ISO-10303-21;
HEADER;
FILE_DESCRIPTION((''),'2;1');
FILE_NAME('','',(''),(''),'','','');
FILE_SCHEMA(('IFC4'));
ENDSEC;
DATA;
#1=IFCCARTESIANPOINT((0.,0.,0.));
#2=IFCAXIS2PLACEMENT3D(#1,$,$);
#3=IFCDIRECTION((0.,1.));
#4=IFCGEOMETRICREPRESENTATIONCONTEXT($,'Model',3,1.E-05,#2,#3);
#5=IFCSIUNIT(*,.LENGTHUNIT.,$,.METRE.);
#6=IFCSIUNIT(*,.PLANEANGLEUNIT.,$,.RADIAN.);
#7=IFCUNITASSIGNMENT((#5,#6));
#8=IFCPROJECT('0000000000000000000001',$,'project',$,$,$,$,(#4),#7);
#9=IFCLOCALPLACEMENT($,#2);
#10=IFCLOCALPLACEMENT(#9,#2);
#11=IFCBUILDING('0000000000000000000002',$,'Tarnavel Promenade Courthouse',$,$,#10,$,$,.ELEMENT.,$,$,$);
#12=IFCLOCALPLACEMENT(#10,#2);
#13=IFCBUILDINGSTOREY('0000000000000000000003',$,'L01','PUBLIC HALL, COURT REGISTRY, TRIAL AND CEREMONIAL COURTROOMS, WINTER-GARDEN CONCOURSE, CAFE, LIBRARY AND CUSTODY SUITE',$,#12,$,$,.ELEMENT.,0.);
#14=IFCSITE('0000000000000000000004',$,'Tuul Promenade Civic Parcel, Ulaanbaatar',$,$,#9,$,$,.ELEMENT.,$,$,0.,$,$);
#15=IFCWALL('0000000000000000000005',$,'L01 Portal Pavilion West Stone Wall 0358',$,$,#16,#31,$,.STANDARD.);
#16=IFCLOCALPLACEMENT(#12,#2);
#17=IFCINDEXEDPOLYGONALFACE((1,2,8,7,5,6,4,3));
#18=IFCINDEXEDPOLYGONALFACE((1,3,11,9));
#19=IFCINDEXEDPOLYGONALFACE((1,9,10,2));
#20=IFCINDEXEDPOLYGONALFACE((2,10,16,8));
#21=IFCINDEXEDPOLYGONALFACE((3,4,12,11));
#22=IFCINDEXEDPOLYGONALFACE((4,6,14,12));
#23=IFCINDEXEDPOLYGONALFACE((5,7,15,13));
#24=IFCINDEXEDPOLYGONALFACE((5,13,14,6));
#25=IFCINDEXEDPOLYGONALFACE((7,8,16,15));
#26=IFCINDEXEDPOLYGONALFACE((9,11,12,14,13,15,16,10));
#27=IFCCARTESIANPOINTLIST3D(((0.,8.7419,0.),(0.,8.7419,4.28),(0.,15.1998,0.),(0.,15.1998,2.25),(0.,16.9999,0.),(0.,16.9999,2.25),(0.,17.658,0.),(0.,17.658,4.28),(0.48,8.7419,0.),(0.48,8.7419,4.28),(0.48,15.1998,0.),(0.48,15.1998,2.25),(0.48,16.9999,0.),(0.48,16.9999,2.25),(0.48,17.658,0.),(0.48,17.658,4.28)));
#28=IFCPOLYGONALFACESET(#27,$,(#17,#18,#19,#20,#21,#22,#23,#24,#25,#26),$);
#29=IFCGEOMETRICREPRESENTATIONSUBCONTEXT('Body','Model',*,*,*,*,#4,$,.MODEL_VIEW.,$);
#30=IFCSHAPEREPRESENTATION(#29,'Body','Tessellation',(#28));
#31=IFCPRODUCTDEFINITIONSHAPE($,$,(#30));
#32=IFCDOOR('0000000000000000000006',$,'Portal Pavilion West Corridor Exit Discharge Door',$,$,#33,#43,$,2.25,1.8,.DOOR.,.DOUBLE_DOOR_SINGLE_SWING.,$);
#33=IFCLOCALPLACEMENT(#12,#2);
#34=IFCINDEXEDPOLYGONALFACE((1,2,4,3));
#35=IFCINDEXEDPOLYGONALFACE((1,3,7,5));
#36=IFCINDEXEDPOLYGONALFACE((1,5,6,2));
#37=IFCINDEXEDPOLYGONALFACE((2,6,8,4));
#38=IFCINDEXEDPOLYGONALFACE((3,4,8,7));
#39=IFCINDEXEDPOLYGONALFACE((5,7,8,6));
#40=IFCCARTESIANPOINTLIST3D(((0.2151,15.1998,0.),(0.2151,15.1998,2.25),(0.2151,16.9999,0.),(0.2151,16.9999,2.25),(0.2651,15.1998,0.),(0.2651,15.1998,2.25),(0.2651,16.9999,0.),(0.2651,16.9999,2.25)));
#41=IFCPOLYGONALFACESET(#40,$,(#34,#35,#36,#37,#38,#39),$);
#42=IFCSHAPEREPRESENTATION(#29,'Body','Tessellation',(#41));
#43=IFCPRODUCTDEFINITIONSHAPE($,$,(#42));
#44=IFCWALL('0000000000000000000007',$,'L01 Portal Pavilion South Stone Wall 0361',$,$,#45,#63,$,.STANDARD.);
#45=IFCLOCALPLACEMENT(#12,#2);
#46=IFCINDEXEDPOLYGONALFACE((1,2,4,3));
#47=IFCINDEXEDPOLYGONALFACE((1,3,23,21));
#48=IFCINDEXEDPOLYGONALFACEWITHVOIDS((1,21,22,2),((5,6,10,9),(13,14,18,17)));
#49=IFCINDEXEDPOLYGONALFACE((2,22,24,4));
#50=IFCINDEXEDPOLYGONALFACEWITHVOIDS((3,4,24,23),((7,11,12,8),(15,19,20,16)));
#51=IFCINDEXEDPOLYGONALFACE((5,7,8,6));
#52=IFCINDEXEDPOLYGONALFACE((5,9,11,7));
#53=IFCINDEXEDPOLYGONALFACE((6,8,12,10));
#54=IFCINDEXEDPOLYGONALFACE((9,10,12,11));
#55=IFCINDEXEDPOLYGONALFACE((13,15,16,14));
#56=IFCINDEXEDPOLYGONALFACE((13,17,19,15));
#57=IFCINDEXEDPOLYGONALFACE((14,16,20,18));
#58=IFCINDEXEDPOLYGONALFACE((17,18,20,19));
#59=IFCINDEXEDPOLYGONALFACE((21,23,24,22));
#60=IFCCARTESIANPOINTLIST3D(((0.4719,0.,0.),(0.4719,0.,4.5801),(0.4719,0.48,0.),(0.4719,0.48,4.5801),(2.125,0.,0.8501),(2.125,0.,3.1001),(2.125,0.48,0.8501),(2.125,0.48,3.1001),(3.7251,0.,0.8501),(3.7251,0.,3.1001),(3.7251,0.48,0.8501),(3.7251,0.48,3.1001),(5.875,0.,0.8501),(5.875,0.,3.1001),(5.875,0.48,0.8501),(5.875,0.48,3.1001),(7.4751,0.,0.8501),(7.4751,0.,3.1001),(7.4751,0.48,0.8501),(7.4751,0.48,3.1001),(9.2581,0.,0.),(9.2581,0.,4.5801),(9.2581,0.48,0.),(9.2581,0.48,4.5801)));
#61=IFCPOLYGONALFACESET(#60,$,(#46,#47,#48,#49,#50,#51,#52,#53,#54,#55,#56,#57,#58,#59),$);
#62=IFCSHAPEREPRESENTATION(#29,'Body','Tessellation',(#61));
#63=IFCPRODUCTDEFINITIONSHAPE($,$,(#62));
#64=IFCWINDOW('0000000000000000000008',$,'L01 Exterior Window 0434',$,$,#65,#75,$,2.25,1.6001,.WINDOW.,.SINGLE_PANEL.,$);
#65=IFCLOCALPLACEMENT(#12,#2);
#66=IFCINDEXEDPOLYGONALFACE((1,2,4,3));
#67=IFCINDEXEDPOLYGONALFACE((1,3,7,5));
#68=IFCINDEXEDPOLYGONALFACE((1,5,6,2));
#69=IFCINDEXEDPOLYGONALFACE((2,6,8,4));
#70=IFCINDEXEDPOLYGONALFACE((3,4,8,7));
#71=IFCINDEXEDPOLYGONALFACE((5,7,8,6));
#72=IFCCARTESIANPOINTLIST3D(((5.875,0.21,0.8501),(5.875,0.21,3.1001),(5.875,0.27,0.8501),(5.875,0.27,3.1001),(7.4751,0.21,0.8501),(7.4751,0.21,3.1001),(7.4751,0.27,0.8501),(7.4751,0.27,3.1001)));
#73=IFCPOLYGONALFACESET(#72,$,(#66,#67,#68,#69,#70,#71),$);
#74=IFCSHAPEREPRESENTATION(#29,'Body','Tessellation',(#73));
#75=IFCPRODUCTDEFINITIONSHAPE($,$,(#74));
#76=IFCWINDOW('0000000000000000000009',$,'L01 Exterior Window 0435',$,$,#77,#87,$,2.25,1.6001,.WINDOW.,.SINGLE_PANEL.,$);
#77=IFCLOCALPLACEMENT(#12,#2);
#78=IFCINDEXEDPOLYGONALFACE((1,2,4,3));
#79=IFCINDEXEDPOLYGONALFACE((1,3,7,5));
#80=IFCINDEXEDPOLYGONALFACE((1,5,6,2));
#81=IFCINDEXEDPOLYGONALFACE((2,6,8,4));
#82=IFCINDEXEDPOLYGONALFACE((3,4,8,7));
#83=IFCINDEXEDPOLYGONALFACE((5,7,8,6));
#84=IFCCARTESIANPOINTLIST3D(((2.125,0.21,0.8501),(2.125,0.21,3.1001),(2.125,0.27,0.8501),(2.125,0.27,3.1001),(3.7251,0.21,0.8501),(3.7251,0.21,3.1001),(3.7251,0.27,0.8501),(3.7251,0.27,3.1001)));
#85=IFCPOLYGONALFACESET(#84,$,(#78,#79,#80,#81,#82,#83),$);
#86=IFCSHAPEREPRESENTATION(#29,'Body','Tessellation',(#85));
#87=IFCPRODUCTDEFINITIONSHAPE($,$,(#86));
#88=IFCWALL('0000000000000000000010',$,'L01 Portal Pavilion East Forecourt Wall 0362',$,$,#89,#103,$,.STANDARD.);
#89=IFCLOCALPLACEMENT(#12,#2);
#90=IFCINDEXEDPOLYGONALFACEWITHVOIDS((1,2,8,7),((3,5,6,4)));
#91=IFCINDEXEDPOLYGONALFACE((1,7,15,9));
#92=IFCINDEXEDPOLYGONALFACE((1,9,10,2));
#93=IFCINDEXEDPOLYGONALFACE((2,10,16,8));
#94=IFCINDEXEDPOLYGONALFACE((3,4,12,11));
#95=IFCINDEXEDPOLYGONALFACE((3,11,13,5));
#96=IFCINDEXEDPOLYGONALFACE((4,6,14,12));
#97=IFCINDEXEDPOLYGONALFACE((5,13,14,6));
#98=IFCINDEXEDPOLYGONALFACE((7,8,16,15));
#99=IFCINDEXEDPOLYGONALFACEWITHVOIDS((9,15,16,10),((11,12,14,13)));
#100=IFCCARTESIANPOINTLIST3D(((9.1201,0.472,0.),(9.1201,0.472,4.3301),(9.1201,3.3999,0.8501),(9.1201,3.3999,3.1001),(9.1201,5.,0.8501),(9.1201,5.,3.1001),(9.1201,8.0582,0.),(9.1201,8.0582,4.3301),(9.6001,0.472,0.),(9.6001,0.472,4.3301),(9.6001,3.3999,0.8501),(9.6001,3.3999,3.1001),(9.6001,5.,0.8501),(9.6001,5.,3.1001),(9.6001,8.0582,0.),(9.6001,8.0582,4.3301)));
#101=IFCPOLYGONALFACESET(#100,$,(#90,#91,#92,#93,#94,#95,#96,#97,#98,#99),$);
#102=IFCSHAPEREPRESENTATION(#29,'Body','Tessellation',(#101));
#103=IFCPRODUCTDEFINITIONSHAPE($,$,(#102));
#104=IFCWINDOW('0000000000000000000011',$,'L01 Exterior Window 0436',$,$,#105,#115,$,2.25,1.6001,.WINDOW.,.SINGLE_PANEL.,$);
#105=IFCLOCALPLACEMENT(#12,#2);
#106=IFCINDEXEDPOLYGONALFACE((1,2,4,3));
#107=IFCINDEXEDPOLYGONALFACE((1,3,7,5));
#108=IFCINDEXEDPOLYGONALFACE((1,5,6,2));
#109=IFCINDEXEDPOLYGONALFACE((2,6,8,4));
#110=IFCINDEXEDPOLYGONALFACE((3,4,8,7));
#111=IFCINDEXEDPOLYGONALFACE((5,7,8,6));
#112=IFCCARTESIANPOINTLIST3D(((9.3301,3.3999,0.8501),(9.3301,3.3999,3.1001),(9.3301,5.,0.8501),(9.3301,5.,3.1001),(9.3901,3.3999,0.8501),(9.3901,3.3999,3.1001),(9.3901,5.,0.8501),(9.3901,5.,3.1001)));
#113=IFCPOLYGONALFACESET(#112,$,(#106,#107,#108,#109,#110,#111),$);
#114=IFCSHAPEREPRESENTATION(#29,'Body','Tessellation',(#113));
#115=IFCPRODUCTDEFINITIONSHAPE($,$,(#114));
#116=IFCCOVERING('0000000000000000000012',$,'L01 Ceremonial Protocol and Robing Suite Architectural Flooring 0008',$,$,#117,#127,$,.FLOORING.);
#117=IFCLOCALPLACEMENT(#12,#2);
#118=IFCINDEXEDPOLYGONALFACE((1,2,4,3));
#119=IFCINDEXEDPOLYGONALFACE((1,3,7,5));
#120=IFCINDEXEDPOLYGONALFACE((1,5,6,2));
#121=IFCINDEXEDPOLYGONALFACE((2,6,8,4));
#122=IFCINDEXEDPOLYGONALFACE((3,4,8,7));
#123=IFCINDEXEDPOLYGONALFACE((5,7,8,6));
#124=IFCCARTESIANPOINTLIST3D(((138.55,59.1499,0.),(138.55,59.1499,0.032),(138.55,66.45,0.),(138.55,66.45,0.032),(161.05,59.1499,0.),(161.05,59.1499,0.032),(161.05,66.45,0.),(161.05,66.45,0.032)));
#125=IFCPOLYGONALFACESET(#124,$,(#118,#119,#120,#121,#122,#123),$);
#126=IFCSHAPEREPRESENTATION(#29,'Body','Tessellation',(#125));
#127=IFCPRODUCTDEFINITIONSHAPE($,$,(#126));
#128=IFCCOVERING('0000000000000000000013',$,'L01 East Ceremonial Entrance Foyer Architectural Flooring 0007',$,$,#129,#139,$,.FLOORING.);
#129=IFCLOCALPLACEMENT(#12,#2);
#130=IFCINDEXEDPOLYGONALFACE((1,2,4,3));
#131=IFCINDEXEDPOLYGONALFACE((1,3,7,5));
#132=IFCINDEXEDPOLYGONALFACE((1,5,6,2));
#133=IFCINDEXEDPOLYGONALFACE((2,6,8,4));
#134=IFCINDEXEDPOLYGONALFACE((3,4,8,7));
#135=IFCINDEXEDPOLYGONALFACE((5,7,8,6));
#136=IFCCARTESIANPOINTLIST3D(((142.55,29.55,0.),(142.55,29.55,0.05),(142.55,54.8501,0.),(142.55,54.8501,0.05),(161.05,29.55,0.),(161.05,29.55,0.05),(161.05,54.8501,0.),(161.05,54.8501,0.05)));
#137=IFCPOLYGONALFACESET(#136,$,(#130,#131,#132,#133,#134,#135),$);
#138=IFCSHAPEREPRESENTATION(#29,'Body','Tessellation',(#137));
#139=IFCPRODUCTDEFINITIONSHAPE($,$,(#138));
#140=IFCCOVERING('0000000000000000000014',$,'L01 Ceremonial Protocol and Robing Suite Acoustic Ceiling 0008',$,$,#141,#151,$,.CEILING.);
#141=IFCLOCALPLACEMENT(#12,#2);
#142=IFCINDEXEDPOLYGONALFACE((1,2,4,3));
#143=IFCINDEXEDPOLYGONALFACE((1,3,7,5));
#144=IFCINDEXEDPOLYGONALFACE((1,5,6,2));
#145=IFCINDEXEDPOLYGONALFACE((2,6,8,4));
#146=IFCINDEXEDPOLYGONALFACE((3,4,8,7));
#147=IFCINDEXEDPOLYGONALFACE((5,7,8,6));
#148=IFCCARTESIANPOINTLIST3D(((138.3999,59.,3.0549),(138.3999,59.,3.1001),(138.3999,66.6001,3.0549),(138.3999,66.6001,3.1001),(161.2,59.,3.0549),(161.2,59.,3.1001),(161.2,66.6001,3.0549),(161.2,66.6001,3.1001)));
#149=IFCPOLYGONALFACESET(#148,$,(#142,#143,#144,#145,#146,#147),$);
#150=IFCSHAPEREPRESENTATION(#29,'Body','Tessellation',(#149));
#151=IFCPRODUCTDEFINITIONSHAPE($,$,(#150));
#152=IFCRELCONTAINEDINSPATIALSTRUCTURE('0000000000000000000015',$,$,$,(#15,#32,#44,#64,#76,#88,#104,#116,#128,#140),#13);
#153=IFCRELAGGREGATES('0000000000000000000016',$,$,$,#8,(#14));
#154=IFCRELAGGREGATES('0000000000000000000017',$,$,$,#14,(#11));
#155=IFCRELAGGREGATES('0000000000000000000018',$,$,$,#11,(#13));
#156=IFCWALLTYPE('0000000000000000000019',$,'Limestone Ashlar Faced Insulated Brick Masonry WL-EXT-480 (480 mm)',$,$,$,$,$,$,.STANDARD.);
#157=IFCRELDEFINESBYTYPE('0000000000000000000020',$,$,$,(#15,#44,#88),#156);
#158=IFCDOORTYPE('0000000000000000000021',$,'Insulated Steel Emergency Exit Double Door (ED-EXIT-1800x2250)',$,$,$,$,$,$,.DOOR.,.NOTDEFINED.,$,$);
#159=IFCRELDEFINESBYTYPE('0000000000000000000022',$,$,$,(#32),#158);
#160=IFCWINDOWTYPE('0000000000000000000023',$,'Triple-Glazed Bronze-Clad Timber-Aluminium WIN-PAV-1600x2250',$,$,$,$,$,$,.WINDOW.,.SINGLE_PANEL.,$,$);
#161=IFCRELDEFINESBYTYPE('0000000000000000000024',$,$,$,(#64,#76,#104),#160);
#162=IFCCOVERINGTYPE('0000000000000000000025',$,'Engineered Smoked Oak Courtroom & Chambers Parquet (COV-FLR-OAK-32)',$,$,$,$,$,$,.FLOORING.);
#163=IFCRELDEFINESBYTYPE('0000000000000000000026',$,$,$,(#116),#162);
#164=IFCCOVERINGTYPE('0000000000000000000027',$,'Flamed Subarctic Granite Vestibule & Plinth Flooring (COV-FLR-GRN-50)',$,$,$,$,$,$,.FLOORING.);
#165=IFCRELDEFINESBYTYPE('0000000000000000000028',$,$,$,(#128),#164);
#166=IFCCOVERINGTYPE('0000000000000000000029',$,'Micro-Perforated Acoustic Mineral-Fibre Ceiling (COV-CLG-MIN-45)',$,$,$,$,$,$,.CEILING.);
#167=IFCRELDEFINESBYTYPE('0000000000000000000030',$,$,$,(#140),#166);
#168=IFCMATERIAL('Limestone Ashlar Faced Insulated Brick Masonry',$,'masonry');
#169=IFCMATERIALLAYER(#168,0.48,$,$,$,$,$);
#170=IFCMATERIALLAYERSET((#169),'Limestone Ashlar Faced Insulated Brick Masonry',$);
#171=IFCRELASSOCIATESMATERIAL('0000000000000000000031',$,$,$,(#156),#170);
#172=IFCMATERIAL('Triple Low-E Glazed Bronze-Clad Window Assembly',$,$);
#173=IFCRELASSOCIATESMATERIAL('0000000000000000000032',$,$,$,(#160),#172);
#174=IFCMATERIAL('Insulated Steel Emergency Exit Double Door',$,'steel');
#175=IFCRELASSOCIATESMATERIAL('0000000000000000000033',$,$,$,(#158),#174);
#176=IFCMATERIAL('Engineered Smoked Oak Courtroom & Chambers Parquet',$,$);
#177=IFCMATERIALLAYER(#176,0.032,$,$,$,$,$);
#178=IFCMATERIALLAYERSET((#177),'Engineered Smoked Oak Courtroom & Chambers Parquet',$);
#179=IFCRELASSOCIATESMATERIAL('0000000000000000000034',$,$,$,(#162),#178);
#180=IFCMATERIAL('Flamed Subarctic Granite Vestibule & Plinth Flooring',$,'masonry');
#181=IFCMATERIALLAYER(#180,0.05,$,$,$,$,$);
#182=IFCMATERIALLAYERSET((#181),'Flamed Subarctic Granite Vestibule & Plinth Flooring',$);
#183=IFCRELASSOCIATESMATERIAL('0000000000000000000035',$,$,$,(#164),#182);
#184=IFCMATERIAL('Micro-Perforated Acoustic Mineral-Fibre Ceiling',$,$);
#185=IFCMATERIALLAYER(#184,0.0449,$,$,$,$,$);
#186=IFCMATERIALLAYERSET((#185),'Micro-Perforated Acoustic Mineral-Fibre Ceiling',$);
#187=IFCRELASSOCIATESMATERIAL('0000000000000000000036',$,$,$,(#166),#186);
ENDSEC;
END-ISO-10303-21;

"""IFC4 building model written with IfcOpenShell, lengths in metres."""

from ifc_helpers import new_model, si_unit, direction, frame, frame_2d, origin, place, context, subcontext, project, spatial, polyline, rectangle, outline, extrude, material, layer, layer_set, type_object, element, fill, save


model = new_model("IFC4")

# Units and contexts
model_context = context("Model", 3, precision=1e-05, world=origin(), true_north=direction((0.0, 1.0)))
body_context = subcontext(model_context, "Body", "Model", "MODEL_VIEW")
ifc_project = project(units=[si_unit("LENGTHUNIT", "METRE"), si_unit("PLANEANGLEUNIT", "RADIAN")], contexts=[model_context])

# Site, building, storey
site_placement = place(None, origin())
site = spatial("IfcSite", under=ifc_project, at=site_placement, Name="Tuul Promenade Civic Parcel, Ulaanbaatar", CompositionType="ELEMENT", RefElevation=0.0)
building_placement = place(site_placement, origin())
building = spatial("IfcBuilding", under=site, at=building_placement, Name="Tarnavel Promenade Courthouse", CompositionType="ELEMENT")
storey_placement = place(building_placement, origin())
storey = spatial("IfcBuildingStorey", under=building, at=storey_placement, Name="L01", Description="PUBLIC HALL, COURT REGISTRY, TRIAL AND CEREMONIAL COURTROOMS, WINTER-GARDEN CONCOURSE, CAFE, LIBRARY AND CUSTODY SUITE", CompositionType="ELEMENT", Elevation=0.0)

# Shared definitions
ifc_material_1 = material(Name="Limestone Ashlar Faced Insulated Brick Masonry", Category="masonry")
ifc_layer_1 = layer(ifc_material_1, 0.48)
ifc_layer_set_1 = layer_set([ifc_layer_1], Name="Limestone Ashlar Faced Insulated Brick Masonry")
wall_type = type_object("IfcWallType", Name="Limestone Ashlar Faced Insulated Brick Masonry WL-EXT-480 (480 mm)", PredefinedType="STANDARD", material=ifc_layer_set_1)
ifc_material_2 = material(Name="Triple Low-E Glazed Bronze-Clad Window Assembly")
window_type = type_object("IfcWindowType", Name="Triple-Glazed Bronze-Clad Timber-Aluminium WIN-PAV-1600x2250", PartitioningType="SINGLE_PANEL", PredefinedType="WINDOW", material=ifc_material_2)

# Wall, opening, door
wall_1_placement = place(storey_placement, frame((0.24, 8.7419, 0.0), z_axis=(0.0, 0.0, 1.0), x_axis=(0.0, 1.0, 0.0)))
wall_1 = element("IfcWall", 1, at=wall_1_placement, inside=storey, type_object=wall_type, Name="L01 Portal Pavilion West Stone Wall 0358", PredefinedType="STANDARD", context=body_context, shape_type="SweptSolid", body=[
    extrude(rectangle(XDim=8.916, YDim=0.48, at=frame_2d((4.458, 0.0))), origin(), (0.0, 0.0, 1.0), 4.28),
])
opening_1_placement = place(wall_1_placement, frame((6.458, 0.0, 0.0)))
opening_1 = element("IfcOpeningElement", 2, at=opening_1_placement, cuts=wall_1, PredefinedType="OPENING", context=body_context, shape_type="SweptSolid", body=[
    extrude(rectangle(XDim=1.8, YDim=2.25, at=frame_2d((0.8999, 1.125))), frame((0.0, 0.25, 0.0), z_axis=(0.0, -1.0, 0.0), x_axis=(1.0, 0.0, 0.0)), (0.0, 0.0, 1.0), 0.5),
])
ifc_material_3 = material(Name="Insulated Steel Emergency Exit Double Door", Category="steel")
door_type = type_object("IfcDoorType", Name="Insulated Steel Emergency Exit Double Door (ED-EXIT-1800x2250)", OperationType="NOTDEFINED", PredefinedType="DOOR", material=ifc_material_3)
door_placement = place(opening_1_placement, origin())
door = element("IfcDoor", 3, at=door_placement, inside=storey, type_object=door_type, Name="Portal Pavilion West Corridor Exit Discharge Door", OperationType="DOUBLE_DOOR_SINGLE_SWING", OverallHeight=2.25, OverallWidth=1.8, PredefinedType="DOOR", context=body_context, shape_type="SweptSolid", body=[
    extrude(rectangle(XDim=1.8, YDim=2.25, at=frame_2d((0.8999, 1.125))), frame((0.0, 0.0249, 0.0), z_axis=(0.0, -1.0, 0.0), x_axis=(1.0, 0.0, 0.0)), (0.0, 0.0, 1.0), 0.05),
])
fill(opening_1, door)

# Wall, openings, windows
wall_2_placement = place(storey_placement, frame((9.2581, 0.24, 0.0), z_axis=(0.0, 0.0, 1.0), x_axis=(-1.0, 0.0, 0.0)))
wall_2 = element("IfcWall", 4, at=wall_2_placement, inside=storey, type_object=wall_type, Name="L01 Portal Pavilion South Stone Wall 0361", PredefinedType="STANDARD", context=body_context, shape_type="SweptSolid", body=[
    extrude(rectangle(XDim=8.7861, YDim=0.48, at=frame_2d((4.3931, 0.0))), origin(), (0.0, 0.0, 1.0), 4.5801),
])
opening_2_placement = place(wall_2_placement, frame((1.783, 0.0, 0.8501)))
opening_2 = element("IfcOpeningElement", 5, at=opening_2_placement, cuts=wall_2, PredefinedType="OPENING", context=body_context, shape_type="SweptSolid", body=[
    extrude(rectangle(XDim=1.6001, YDim=2.25, at=frame_2d((0.8, 1.125))), frame((0.0, 0.25, 0.0), z_axis=(0.0, -1.0, 0.0), x_axis=(1.0, 0.0, 0.0)), (0.0, 0.0, 1.0), 0.5),
])
opening_3_placement = place(wall_2_placement, frame((5.533, 0.0, 0.8501)))
opening_3 = element("IfcOpeningElement", 6, at=opening_3_placement, cuts=wall_2, PredefinedType="OPENING", context=body_context, shape_type="SweptSolid", body=[
    extrude(rectangle(XDim=1.6001, YDim=2.25, at=frame_2d((0.8, 1.125))), frame((0.0, 0.25, 0.0), z_axis=(0.0, -1.0, 0.0), x_axis=(1.0, 0.0, 0.0)), (0.0, 0.0, 1.0), 0.5),
])
window_1_placement = place(opening_2_placement, origin())
window_1 = element("IfcWindow", 7, at=window_1_placement, inside=storey, type_object=window_type, Name="L01 Exterior Window 0434", OverallHeight=2.25, OverallWidth=1.6001, PartitioningType="SINGLE_PANEL", PredefinedType="WINDOW", context=body_context, shape_type="SweptSolid", body=[
    extrude(rectangle(XDim=1.6001, YDim=2.25, at=frame_2d((0.8, 1.125))), frame((0.0, 0.03, 0.0), z_axis=(0.0, -1.0, 0.0), x_axis=(1.0, 0.0, 0.0)), (0.0, 0.0, 1.0), 0.0601),
])
fill(opening_2, window_1)
window_2_placement = place(opening_3_placement, origin())
window_2 = element("IfcWindow", 8, at=window_2_placement, inside=storey, type_object=window_type, Name="L01 Exterior Window 0435", OverallHeight=2.25, OverallWidth=1.6001, PartitioningType="SINGLE_PANEL", PredefinedType="WINDOW", context=body_context, shape_type="SweptSolid", body=[
    extrude(rectangle(XDim=1.6001, YDim=2.25, at=frame_2d((0.8, 1.125))), frame((0.0, 0.03, 0.0), z_axis=(0.0, -1.0, 0.0), x_axis=(1.0, 0.0, 0.0)), (0.0, 0.0, 1.0), 0.0601),
])
fill(opening_3, window_2)

# Wall, opening, window
wall_3_placement = place(storey_placement, frame((9.3601, 8.0581, 0.0), z_axis=(0.0, 0.0, 1.0), x_axis=(0.0, -1.0, 0.0)))
wall_3 = element("IfcWall", 9, at=wall_3_placement, inside=storey, type_object=wall_type, Name="L01 Portal Pavilion East Forecourt Wall 0362", PredefinedType="STANDARD", context=body_context, shape_type="SweptSolid", body=[
    extrude(rectangle(XDim=7.5862, YDim=0.48, at=frame_2d((3.793, 0.0))), origin(), (0.0, 0.0, 1.0), 4.3301),
])
opening_4_placement = place(wall_3_placement, frame((3.0581, 0.0, 0.8501)))
opening_4 = element("IfcOpeningElement", 10, at=opening_4_placement, cuts=wall_3, PredefinedType="OPENING", context=body_context, shape_type="SweptSolid", body=[
    extrude(rectangle(XDim=1.6001, YDim=2.25, at=frame_2d((0.8, 1.125))), frame((0.0, 0.25, 0.0), z_axis=(0.0, -1.0, 0.0), x_axis=(1.0, 0.0, 0.0)), (0.0, 0.0, 1.0), 0.5),
])
window_3_placement = place(opening_4_placement, origin())
window_3 = element("IfcWindow", 11, at=window_3_placement, inside=storey, type_object=window_type, Name="L01 Exterior Window 0436", OverallHeight=2.25, OverallWidth=1.6001, PartitioningType="SINGLE_PANEL", PredefinedType="WINDOW", context=body_context, shape_type="SweptSolid", body=[
    extrude(rectangle(XDim=1.6001, YDim=2.25, at=frame_2d((0.8, 1.125))), frame((0.0, 0.03, 0.0), z_axis=(0.0, -1.0, 0.0), x_axis=(1.0, 0.0, 0.0)), (0.0, 0.0, 1.0), 0.0601),
])
fill(opening_4, window_3)

# Coverings
ifc_material_4 = material(Name="Engineered Smoked Oak Courtroom & Chambers Parquet")
ifc_layer_2 = layer(ifc_material_4, 0.032)
ifc_layer_set_2 = layer_set([ifc_layer_2], Name="Engineered Smoked Oak Courtroom & Chambers Parquet")
covering_type_1 = type_object("IfcCoveringType", Name="Engineered Smoked Oak Courtroom & Chambers Parquet (COV-FLR-OAK-32)", PredefinedType="FLOORING", material=ifc_layer_set_2)
covering_1_placement = place(storey_placement, origin())
element("IfcCovering", 12, at=covering_1_placement, inside=storey, type_object=covering_type_1, Name="L01 Ceremonial Protocol and Robing Suite Architectural Flooring 0008", PredefinedType="FLOORING", context=body_context, shape_type="SweptSolid", body=[
    extrude(outline(polyline([(138.55, 59.1499), (161.05, 59.1499), (161.05, 66.45), (138.55, 66.45), (138.55, 59.1499)])), origin(), (0.0, 0.0, 1.0), 0.032),
])
ifc_material_5 = material(Name="Flamed Subarctic Granite Vestibule & Plinth Flooring", Category="masonry")
ifc_layer_3 = layer(ifc_material_5, 0.05)
ifc_layer_set_3 = layer_set([ifc_layer_3], Name="Flamed Subarctic Granite Vestibule & Plinth Flooring")
covering_type_2 = type_object("IfcCoveringType", Name="Flamed Subarctic Granite Vestibule & Plinth Flooring (COV-FLR-GRN-50)", PredefinedType="FLOORING", material=ifc_layer_set_3)
covering_2_placement = place(storey_placement, origin())
element("IfcCovering", 13, at=covering_2_placement, inside=storey, type_object=covering_type_2, Name="L01 East Ceremonial Entrance Foyer Architectural Flooring 0007", PredefinedType="FLOORING", context=body_context, shape_type="SweptSolid", body=[
    extrude(outline(polyline([(142.55, 29.55), (161.05, 29.55), (161.05, 54.8501), (142.55, 54.8501), (142.55, 29.55)])), origin(), (0.0, 0.0, 1.0), 0.05),
])
ifc_material_6 = material(Name="Micro-Perforated Acoustic Mineral-Fibre Ceiling")
ifc_layer_4 = layer(ifc_material_6, 0.0449)
ifc_layer_set_4 = layer_set([ifc_layer_4], Name="Micro-Perforated Acoustic Mineral-Fibre Ceiling")
covering_type_3 = type_object("IfcCoveringType", Name="Micro-Perforated Acoustic Mineral-Fibre Ceiling (COV-CLG-MIN-45)", PredefinedType="CEILING", material=ifc_layer_set_4)
covering_3_placement = place(storey_placement, frame((0.0, 0.0, 3.0549)))
element("IfcCovering", 14, at=covering_3_placement, inside=storey, type_object=covering_type_3, Name="L01 Ceremonial Protocol and Robing Suite Acoustic Ceiling 0008", PredefinedType="CEILING", context=body_context, shape_type="SweptSolid", body=[
    extrude(outline(polyline([(138.3999, 59.0), (161.2, 59.0), (161.2, 66.6001), (138.3999, 66.6001), (138.3999, 59.0)])), origin(), (0.0, 0.0, 1.0), 0.0452),
])

save(model, "model.ifc")
